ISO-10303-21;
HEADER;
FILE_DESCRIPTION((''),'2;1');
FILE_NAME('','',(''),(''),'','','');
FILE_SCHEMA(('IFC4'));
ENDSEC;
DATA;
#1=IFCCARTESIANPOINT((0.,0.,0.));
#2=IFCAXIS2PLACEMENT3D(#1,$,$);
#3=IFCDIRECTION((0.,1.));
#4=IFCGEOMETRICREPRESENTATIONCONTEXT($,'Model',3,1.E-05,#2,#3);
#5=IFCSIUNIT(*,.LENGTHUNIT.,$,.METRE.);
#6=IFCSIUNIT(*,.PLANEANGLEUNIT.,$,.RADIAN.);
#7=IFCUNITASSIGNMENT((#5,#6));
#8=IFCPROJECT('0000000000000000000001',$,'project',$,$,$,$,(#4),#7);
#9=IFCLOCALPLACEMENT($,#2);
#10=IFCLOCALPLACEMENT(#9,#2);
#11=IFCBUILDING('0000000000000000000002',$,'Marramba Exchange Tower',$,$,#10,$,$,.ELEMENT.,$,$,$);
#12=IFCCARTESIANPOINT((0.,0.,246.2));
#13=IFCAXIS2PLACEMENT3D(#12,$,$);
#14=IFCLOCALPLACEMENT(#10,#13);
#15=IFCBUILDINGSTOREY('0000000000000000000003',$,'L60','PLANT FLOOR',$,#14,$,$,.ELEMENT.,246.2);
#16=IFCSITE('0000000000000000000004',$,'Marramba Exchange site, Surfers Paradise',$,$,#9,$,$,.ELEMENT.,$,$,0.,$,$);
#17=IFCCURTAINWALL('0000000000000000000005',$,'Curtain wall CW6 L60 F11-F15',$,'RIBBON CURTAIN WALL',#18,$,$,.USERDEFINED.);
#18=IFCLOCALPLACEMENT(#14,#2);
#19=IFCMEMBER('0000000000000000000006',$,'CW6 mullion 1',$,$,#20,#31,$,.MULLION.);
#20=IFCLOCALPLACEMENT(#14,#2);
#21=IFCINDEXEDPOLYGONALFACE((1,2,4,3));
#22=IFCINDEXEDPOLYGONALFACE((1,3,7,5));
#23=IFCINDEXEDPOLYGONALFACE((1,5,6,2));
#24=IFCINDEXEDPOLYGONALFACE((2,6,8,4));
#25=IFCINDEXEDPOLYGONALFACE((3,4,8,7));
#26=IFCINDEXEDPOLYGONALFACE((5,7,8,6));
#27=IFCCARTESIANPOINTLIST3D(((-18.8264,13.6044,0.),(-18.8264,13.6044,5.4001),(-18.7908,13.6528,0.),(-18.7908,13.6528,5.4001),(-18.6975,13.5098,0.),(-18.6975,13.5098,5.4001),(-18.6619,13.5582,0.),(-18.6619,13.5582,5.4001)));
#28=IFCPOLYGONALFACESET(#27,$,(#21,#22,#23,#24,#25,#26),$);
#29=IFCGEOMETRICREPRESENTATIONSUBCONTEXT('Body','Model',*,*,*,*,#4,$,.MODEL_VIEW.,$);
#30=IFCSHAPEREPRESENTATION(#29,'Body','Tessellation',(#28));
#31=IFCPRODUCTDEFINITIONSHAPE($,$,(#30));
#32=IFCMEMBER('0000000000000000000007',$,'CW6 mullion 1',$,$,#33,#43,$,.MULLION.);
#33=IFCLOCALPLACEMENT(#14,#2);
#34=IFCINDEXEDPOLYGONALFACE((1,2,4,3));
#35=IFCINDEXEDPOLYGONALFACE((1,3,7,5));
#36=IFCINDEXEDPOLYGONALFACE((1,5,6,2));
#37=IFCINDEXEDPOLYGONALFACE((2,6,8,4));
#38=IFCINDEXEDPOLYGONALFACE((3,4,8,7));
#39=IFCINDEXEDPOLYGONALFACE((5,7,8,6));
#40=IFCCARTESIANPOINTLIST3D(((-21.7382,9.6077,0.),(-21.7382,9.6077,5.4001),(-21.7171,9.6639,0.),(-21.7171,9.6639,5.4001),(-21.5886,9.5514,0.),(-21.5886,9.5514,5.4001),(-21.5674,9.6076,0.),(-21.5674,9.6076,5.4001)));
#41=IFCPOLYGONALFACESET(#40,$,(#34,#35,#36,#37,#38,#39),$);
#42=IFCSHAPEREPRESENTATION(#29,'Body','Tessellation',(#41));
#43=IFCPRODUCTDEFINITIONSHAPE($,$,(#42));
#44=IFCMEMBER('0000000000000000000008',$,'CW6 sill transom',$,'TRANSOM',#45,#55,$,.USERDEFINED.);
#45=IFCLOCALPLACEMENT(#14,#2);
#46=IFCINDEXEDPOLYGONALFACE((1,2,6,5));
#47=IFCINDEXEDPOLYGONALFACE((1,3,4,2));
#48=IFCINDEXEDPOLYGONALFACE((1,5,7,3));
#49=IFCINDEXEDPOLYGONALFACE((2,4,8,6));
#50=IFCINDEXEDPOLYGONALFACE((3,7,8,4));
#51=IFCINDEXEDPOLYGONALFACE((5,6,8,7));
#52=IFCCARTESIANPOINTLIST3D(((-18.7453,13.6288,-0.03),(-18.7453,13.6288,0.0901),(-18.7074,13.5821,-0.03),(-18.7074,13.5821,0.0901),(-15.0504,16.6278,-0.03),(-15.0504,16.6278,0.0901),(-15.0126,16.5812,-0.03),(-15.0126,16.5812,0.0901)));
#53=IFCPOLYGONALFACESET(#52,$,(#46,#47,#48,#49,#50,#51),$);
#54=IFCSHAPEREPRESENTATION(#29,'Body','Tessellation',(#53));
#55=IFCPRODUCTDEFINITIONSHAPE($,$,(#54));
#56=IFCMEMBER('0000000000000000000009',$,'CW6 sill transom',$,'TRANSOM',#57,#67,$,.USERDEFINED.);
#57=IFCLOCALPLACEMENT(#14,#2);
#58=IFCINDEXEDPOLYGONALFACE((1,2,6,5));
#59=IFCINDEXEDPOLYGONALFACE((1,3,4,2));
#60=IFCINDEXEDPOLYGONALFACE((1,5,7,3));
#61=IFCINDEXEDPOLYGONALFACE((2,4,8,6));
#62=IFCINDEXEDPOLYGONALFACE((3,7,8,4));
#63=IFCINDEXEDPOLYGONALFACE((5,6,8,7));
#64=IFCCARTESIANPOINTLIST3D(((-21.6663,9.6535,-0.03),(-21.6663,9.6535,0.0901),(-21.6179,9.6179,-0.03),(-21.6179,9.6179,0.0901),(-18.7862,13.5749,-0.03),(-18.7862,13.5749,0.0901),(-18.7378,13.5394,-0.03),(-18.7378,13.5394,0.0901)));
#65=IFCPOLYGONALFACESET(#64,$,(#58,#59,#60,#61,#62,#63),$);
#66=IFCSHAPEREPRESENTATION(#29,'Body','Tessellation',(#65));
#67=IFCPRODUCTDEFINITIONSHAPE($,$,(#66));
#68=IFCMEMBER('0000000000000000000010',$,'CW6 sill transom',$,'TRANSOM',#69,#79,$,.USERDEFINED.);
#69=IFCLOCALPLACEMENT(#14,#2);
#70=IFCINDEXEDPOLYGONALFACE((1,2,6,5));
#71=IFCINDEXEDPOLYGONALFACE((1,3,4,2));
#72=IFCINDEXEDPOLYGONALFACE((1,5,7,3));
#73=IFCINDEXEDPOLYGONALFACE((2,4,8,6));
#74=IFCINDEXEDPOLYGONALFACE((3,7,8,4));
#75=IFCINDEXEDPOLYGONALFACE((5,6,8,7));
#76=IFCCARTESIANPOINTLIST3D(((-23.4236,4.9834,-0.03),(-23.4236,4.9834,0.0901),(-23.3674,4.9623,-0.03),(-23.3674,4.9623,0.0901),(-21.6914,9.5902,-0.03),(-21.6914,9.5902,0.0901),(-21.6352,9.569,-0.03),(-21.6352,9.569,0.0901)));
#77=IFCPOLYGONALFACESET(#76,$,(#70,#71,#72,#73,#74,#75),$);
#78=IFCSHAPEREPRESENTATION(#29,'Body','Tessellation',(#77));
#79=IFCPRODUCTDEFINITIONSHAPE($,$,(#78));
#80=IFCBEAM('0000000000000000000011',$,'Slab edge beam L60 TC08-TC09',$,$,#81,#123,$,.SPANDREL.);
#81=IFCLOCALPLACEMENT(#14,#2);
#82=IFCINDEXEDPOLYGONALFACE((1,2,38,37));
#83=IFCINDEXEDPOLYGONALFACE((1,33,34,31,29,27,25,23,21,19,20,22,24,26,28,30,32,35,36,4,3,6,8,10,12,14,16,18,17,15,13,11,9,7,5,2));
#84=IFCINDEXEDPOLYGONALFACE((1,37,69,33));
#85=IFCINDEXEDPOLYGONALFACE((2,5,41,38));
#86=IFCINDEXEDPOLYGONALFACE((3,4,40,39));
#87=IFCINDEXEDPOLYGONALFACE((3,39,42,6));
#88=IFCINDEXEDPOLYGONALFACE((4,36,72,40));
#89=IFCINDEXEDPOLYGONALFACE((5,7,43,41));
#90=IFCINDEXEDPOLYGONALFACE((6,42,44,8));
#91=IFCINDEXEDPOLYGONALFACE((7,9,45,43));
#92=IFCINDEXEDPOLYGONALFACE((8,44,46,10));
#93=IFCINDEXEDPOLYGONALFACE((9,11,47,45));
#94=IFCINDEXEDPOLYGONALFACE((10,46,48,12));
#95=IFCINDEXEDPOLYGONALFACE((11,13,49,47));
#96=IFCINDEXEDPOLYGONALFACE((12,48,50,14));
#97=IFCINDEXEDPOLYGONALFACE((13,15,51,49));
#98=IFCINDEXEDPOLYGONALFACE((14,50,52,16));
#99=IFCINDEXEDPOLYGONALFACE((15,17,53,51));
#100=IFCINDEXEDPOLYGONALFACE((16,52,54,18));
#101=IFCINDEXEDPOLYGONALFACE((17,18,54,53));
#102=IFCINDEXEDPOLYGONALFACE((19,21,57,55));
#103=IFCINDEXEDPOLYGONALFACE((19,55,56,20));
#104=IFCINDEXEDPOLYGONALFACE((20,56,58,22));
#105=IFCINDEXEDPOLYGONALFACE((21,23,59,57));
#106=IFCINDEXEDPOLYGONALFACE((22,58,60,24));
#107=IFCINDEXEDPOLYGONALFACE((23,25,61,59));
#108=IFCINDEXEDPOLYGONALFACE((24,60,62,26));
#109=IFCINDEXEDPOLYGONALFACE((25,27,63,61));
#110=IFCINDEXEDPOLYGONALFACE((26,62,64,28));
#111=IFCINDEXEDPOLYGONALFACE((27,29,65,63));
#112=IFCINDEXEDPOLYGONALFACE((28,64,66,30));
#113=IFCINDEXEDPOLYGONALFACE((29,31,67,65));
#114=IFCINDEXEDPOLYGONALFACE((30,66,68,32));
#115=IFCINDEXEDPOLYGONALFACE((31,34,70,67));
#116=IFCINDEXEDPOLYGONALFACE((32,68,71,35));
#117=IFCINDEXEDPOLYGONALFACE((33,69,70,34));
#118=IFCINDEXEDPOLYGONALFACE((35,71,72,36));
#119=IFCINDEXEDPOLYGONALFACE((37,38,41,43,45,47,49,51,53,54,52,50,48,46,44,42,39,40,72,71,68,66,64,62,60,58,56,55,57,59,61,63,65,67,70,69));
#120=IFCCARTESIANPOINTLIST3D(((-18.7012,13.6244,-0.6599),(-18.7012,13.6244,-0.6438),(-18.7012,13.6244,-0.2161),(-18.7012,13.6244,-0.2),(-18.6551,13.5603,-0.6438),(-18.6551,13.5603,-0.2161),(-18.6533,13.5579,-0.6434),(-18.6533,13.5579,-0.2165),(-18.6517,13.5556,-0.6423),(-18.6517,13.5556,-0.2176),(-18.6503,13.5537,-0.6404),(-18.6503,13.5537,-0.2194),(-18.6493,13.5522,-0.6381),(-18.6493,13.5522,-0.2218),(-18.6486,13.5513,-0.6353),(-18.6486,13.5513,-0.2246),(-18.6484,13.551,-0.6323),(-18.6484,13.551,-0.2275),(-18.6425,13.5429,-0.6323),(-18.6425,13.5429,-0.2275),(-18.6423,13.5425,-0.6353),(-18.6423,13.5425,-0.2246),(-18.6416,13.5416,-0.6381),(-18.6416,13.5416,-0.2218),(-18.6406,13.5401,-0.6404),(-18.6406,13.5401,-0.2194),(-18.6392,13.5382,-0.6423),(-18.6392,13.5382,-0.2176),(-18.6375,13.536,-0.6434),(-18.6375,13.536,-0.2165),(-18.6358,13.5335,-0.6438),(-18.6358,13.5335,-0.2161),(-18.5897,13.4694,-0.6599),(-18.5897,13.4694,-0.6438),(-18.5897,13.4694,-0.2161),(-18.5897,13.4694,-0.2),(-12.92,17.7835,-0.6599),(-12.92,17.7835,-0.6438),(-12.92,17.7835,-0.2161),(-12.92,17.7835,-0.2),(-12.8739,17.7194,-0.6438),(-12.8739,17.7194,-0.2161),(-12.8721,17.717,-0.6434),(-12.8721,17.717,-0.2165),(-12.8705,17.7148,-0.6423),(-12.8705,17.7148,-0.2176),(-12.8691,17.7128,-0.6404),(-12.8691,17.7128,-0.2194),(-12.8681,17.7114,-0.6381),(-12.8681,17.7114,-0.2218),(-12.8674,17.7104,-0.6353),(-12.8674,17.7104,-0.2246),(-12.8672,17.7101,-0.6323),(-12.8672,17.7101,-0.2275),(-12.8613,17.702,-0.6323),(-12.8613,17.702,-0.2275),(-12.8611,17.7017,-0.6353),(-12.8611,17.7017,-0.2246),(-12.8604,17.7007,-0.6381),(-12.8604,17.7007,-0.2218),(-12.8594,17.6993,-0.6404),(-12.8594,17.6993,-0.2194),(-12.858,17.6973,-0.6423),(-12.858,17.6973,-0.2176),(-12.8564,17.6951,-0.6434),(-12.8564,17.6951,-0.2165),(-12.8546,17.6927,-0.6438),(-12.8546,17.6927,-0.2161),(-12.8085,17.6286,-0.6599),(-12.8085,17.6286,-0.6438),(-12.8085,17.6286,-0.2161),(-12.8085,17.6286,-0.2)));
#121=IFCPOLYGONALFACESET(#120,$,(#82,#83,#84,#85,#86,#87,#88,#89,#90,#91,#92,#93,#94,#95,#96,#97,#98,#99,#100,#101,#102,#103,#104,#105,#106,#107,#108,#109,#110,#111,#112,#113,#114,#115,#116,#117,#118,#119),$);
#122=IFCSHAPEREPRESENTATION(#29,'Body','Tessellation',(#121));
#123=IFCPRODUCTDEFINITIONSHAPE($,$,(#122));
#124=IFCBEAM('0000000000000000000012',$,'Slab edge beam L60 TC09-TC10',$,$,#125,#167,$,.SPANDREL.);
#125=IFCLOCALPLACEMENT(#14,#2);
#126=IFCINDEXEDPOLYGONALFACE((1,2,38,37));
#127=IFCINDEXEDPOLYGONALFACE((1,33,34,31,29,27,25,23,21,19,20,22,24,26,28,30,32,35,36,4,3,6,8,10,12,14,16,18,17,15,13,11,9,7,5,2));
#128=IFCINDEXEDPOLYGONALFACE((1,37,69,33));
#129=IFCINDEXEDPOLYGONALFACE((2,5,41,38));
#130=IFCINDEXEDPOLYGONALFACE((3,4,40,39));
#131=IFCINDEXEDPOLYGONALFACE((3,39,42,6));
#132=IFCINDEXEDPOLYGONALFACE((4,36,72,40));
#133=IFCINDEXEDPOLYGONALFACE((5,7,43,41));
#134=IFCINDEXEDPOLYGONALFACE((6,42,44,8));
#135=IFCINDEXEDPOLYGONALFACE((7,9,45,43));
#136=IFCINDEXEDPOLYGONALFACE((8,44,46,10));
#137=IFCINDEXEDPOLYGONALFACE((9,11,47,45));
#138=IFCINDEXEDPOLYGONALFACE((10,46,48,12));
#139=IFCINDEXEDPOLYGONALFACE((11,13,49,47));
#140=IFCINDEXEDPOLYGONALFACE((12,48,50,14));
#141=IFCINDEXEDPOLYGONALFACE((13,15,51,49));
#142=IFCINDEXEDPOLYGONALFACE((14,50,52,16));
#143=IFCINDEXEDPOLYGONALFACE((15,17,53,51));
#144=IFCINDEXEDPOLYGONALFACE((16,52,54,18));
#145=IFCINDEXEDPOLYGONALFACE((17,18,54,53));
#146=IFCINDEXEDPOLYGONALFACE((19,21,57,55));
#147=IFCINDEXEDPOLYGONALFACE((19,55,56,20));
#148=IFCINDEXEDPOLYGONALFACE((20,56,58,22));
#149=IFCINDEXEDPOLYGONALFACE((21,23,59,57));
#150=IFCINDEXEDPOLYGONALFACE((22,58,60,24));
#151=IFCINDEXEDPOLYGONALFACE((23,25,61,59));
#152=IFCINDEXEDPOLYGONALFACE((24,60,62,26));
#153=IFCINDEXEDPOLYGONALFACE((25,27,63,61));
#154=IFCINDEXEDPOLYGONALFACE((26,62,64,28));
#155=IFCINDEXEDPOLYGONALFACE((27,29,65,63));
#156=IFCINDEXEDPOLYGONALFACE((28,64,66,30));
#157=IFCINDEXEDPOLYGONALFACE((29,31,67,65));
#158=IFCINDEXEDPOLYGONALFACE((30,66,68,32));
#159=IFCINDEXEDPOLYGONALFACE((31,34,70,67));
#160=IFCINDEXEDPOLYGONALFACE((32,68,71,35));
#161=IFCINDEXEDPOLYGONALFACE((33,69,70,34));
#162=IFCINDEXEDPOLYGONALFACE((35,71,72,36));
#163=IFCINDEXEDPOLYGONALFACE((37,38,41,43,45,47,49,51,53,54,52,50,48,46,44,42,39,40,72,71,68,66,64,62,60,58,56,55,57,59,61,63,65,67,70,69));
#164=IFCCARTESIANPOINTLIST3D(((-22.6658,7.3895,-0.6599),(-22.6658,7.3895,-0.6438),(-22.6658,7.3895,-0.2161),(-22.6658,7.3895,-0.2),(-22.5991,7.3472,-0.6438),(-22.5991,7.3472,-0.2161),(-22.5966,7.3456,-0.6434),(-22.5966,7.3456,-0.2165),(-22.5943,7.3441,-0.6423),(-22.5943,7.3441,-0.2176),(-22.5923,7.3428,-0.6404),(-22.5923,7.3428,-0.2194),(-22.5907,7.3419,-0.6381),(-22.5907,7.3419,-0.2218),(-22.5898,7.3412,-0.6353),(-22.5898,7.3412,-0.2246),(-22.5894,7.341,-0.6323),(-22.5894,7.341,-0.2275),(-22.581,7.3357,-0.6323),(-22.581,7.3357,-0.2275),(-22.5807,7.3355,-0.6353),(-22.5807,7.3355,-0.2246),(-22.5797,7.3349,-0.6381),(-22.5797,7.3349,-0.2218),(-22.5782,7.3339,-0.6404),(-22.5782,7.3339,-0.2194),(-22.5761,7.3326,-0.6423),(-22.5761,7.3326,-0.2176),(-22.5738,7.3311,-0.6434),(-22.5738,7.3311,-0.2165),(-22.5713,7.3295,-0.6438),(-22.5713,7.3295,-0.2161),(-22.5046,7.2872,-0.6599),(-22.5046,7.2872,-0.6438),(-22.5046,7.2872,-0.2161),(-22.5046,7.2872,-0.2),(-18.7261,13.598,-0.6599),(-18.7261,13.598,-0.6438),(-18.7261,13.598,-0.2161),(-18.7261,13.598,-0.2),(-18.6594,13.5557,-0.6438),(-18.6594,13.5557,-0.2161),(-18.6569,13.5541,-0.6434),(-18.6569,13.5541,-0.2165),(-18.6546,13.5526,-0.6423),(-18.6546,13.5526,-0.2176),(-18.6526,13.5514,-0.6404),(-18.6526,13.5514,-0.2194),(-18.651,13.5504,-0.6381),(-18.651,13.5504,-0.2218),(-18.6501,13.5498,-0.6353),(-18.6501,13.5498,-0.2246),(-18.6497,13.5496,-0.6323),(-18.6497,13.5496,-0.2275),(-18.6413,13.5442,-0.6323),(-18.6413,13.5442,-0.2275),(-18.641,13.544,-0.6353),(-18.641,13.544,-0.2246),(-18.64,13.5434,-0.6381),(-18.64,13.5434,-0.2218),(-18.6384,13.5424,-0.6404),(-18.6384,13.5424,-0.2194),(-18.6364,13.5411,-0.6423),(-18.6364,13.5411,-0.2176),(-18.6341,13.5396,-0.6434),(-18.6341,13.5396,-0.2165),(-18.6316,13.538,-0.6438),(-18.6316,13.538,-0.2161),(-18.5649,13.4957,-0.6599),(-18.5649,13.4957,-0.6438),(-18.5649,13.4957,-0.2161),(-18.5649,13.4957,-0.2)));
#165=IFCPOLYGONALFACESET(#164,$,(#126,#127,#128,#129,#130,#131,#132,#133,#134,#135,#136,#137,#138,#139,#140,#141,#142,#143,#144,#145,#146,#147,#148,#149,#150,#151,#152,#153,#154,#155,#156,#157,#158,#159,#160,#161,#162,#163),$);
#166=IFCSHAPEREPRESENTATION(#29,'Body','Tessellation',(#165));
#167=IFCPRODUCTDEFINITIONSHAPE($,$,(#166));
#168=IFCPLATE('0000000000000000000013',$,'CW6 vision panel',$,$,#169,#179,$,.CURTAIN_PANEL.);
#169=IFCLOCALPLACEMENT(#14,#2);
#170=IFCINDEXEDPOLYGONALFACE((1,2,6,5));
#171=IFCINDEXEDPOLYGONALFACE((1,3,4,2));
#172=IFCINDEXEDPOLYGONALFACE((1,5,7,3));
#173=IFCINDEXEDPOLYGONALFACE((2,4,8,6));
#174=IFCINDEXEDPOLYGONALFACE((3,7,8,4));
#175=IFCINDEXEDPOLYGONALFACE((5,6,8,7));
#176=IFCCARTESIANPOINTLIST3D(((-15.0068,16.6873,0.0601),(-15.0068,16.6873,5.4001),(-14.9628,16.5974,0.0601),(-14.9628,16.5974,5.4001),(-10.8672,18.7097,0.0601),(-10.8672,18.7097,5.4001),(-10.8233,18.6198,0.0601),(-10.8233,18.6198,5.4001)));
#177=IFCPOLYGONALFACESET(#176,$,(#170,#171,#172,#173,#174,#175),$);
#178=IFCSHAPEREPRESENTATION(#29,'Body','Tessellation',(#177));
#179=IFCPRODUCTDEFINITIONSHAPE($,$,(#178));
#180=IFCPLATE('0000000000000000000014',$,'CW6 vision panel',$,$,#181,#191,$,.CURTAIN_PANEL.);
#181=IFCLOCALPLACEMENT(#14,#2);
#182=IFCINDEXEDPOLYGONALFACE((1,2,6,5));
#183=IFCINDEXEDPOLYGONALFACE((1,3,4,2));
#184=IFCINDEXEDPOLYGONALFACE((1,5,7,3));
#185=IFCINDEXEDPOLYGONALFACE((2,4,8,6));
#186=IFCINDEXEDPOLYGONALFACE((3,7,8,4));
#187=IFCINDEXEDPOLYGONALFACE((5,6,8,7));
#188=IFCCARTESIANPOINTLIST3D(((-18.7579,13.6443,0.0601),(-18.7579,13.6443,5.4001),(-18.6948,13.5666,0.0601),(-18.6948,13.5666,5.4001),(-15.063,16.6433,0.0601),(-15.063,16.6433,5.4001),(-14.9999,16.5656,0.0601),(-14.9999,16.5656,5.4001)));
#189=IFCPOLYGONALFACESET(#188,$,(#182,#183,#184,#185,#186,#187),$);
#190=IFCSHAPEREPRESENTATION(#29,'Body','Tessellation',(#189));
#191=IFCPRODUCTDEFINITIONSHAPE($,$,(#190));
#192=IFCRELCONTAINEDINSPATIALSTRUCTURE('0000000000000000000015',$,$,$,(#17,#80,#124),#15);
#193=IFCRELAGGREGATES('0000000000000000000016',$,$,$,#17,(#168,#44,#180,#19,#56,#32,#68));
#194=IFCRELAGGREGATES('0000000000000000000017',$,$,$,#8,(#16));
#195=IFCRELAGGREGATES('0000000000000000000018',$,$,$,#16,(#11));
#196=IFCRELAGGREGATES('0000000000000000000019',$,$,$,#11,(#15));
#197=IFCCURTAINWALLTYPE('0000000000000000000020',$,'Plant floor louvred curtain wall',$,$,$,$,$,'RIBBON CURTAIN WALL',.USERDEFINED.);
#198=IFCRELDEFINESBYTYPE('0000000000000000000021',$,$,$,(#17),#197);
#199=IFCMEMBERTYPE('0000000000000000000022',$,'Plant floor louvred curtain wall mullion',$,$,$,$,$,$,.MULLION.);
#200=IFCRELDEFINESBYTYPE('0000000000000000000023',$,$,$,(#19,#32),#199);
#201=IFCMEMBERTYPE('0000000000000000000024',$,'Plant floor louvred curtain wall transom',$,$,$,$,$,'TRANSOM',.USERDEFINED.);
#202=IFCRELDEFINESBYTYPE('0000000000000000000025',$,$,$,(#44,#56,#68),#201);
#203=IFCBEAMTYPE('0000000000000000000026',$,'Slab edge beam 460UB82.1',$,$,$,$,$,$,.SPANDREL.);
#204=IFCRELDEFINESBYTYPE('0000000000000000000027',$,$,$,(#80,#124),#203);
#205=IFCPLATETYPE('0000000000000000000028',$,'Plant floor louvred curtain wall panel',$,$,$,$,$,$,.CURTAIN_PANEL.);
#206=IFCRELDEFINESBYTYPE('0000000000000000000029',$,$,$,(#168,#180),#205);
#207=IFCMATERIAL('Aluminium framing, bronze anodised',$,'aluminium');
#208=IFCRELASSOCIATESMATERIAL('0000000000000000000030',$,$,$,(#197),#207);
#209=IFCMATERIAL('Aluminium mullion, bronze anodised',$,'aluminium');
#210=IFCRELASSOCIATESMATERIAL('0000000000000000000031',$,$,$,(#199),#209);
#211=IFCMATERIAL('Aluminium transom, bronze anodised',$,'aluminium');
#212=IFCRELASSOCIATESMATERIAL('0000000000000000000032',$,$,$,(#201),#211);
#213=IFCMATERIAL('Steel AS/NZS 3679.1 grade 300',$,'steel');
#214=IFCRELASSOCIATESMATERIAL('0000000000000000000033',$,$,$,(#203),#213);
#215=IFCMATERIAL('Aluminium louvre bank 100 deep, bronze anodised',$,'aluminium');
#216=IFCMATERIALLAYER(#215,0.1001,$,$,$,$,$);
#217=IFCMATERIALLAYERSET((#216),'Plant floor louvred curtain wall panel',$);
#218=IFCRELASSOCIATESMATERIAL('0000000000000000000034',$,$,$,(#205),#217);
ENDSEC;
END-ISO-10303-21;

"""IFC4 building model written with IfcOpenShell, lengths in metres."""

from ifc_helpers import new_model, si_unit, direction, frame, origin, origin_2d, place, context, subcontext, project, spatial, rectangle, i_section, extrude, material, layer, layer_set, material_profile, profile_set, type_object, element, aggregate, save


model = new_model("IFC4")

# Units and contexts
model_context = context("Model", 3, precision=1e-05, world=origin(), true_north=direction((0.0, 1.0)))
body_context = subcontext(model_context, "Body", "Model", "MODEL_VIEW")
ifc_project = project(units=[si_unit("LENGTHUNIT", "METRE"), si_unit("PLANEANGLEUNIT", "RADIAN")], contexts=[model_context])

# Site, building, storey
site_placement = place(None, origin())
site = spatial("IfcSite", under=ifc_project, at=site_placement, Name="Marramba Exchange site, Surfers Paradise", CompositionType="ELEMENT", RefElevation=0.0)
building_placement = place(site_placement, origin())
building = spatial("IfcBuilding", under=site, at=building_placement, Name="Marramba Exchange Tower", CompositionType="ELEMENT")
storey_placement = place(building_placement, frame((0.0, 0.0, 246.2)))
storey = spatial("IfcBuildingStorey", under=building, at=storey_placement, Name="L60", Description="PLANT FLOOR", CompositionType="ELEMENT", Elevation=246.2)

# Shared definitions
ifc_material_1 = material(Name="Steel AS/NZS 3679.1 grade 300", Category="steel")

# Curtain wall, members
ifc_material_2 = material(Name="Aluminium framing, bronze anodised", Category="aluminium")
curtain_wall_type = type_object("IfcCurtainWallType", Name="Plant floor louvred curtain wall", ElementType="RIBBON CURTAIN WALL", PredefinedType="USERDEFINED", material=ifc_material_2)
curtain_wall_placement = place(storey_placement, origin())
curtain_wall = element("IfcCurtainWall", 1, at=curtain_wall_placement, inside=storey, type_object=curtain_wall_type, Name="Curtain wall CW6 L60 F11-F15", ObjectType="RIBBON CURTAIN WALL", PredefinedType="USERDEFINED")
ifc_material_3 = material(Name="Aluminium mullion, bronze anodised", Category="aluminium")
ifc_material_profile_1 = material_profile(ifc_material_3, rectangle(XDim=0.1599, YDim=0.0601, at=origin_2d()), Name="CW6 mullion 60x160")
ifc_profile_set_1 = profile_set([ifc_material_profile_1], Name="Aluminium mullion, bronze anodised")
member_type_1 = type_object("IfcMemberType", Name="Plant floor louvred curtain wall mullion", PredefinedType="MULLION", material=ifc_profile_set_1)
member_1_placement = place(storey_placement, frame((-18.7441, 13.5813, 0.0), z_axis=(0.0, 0.0, 1.0), x_axis=(0.805965, -0.591963, 0.0)))
member_1 = element("IfcMember", 2, at=member_1_placement, type_object=member_type_1, Name="CW6 mullion 1", PredefinedType="MULLION", context=body_context, shape_type="SweptSolid", body=[
    extrude(rectangle(XDim=0.1599, YDim=0.0601, at=origin_2d()), origin(), (0.0, 0.0, 1.0), 5.4001),
])
member_2_placement = place(storey_placement, frame((-21.6528, 9.6077, 0.0), z_axis=(0.0, 0.0, 1.0), x_axis=(0.936018, -0.351952, 0.0)))
member_2 = element("IfcMember", 3, at=member_2_placement, type_object=member_type_1, Name="CW6 mullion 1", PredefinedType="MULLION", context=body_context, shape_type="SweptSolid", body=[
    extrude(rectangle(XDim=0.1599, YDim=0.0601, at=origin_2d()), origin(), (0.0, 0.0, 1.0), 5.4001),
])
ifc_material_4 = material(Name="Aluminium transom, bronze anodised", Category="aluminium")
ifc_material_profile_2 = material_profile(ifc_material_4, rectangle(XDim=0.0601, YDim=0.1201, at=origin_2d()), Name="CW6 transom 60x120")
ifc_profile_set_2 = profile_set([ifc_material_profile_2], Name="Aluminium transom, bronze anodised")
member_type_2 = type_object("IfcMemberType", Name="Plant floor louvred curtain wall transom", ElementType="TRANSOM", PredefinedType="USERDEFINED", material=ifc_profile_set_2)
member_3_placement = place(storey_placement, frame((-15.0315, 16.6045, 0.03), z_axis=(-0.776425, -0.63021, 0.0), x_axis=(0.63021, -0.776425, 0.0)))
member_3 = element("IfcMember", 4, at=member_3_placement, type_object=member_type_2, Name="CW6 sill transom", ObjectType="TRANSOM", PredefinedType="USERDEFINED", context=body_context, shape_type="SweptSolid", body=[
    extrude(rectangle(XDim=0.0601, YDim=0.1201, at=origin_2d()), origin(), (0.0, 0.0, 1.0), 4.7588),
])
member_4_placement = place(storey_placement, frame((-18.762, 13.5571, 0.03), z_axis=(-0.591957, -0.805969, 0.0), x_axis=(0.805969, -0.591957, 0.0)))
member_4 = element("IfcMember", 5, at=member_4_placement, type_object=member_type_2, Name="CW6 sill transom", ObjectType="TRANSOM", PredefinedType="USERDEFINED", context=body_context, shape_type="SweptSolid", body=[
    extrude(rectangle(XDim=0.0601, YDim=0.1201, at=origin_2d()), origin(), (0.0, 0.0, 1.0), 4.8655),
])
member_5_placement = place(storey_placement, frame((-21.6633, 9.5796, 0.03), z_axis=(-0.351955, -0.936017, 0.0), x_axis=(0.936017, -0.351955, 0.0)))
member_5 = element("IfcMember", 6, at=member_5_placement, type_object=member_type_2, Name="CW6 sill transom", ObjectType="TRANSOM", PredefinedType="USERDEFINED", context=body_context, shape_type="SweptSolid", body=[
    extrude(rectangle(XDim=0.0601, YDim=0.1201, at=origin_2d()), origin(), (0.0, 0.0, 1.0), 4.9216),
])

# Beams
ifc_material_profile_3 = material_profile(ifc_material_1, i_section(OverallWidth=0.1909, OverallDepth=0.46, WebThickness=0.01, FlangeThickness=0.0161, FilletRadius=0.0115, at=origin_2d()), Name="460UB82.1")
ifc_profile_set_3 = profile_set([ifc_material_profile_3], Name="Steel AS/NZS 3679.1 grade 300")
beam_type_1 = type_object("IfcBeamType", Name="Slab edge beam 460UB82.1", PredefinedType="SPANDREL", material=ifc_profile_set_3)
beam_1_placement = place(storey_placement, frame((-12.8643, 17.7061, -0.4299), z_axis=(-0.811755, -0.583998, 0.0), x_axis=(0.583998, -0.811755, 0.0)))
element("IfcBeam", 7, at=beam_1_placement, inside=storey, type_object=beam_type_1, Name="Slab edge beam L60 TC08-TC09", PredefinedType="SPANDREL", context=body_context, shape_type="SweptSolid", body=[
    extrude(i_section(OverallWidth=0.1909, OverallDepth=0.46, WebThickness=0.01, FlangeThickness=0.0161, FilletRadius=0.0115, at=origin_2d()), origin(), (0.0, 0.0, 1.0), 7.1218),
])
beam_2_placement = place(storey_placement, frame((-18.6455, 13.5469, -0.4299), z_axis=(-0.535794, -0.844348, 0.0), x_axis=(0.844348, -0.535794, 0.0)))
element("IfcBeam", 8, at=beam_2_placement, inside=storey, type_object=beam_type_1, Name="Slab edge beam L60 TC09-TC10", PredefinedType="SPANDREL", context=body_context, shape_type="SweptSolid", body=[
    extrude(i_section(OverallWidth=0.1909, OverallDepth=0.46, WebThickness=0.01, FlangeThickness=0.0161, FilletRadius=0.0115, at=origin_2d()), origin(), (0.0, 0.0, 1.0), 7.353),
])

# Plates
ifc_material_5 = material(Name="Aluminium louvre bank 100 deep, bronze anodised", Category="aluminium")
ifc_layer_1 = layer(ifc_material_5, 0.1001)
ifc_layer_set_1 = layer_set([ifc_layer_1], Name="Plant floor louvred curtain wall panel")
plate_type = type_object("IfcPlateType", Name="Plant floor louvred curtain wall panel", PredefinedType="CURTAIN_PANEL", material=ifc_layer_set_1)
plate_1_placement = place(storey_placement, frame((-12.915, 17.6536, 0.0601), z_axis=(0.0, 0.0, 1.0), x_axis=(-0.898501, -0.438972, 0.0)))
plate_1 = element("IfcPlate", 9, at=plate_1_placement, type_object=plate_type, Name="CW6 vision panel", PredefinedType="CURTAIN_PANEL", context=body_context, shape_type="SweptSolid", body=[
    extrude(rectangle(XDim=4.6072, YDim=0.1001, at=origin_2d()), origin(), (0.0, 0.0, 1.0), 5.3401),
])
plate_2_placement = place(storey_placement, frame((-16.8789, 15.105, 0.0601), z_axis=(0.0, 0.0, 1.0), x_axis=(-0.776432, -0.630201, 0.0)))
plate_2 = element("IfcPlate", 10, at=plate_2_placement, type_object=plate_type, Name="CW6 vision panel", PredefinedType="CURTAIN_PANEL", context=body_context, shape_type="SweptSolid", body=[
    extrude(rectangle(XDim=4.7588, YDim=0.1001, at=origin_2d()), origin(), (0.0, 0.0, 1.0), 5.3401),
])
aggregate(curtain_wall, [plate_1, member_3, plate_2, member_1, member_4, member_2, member_5])

save(model, "model.ifc")
